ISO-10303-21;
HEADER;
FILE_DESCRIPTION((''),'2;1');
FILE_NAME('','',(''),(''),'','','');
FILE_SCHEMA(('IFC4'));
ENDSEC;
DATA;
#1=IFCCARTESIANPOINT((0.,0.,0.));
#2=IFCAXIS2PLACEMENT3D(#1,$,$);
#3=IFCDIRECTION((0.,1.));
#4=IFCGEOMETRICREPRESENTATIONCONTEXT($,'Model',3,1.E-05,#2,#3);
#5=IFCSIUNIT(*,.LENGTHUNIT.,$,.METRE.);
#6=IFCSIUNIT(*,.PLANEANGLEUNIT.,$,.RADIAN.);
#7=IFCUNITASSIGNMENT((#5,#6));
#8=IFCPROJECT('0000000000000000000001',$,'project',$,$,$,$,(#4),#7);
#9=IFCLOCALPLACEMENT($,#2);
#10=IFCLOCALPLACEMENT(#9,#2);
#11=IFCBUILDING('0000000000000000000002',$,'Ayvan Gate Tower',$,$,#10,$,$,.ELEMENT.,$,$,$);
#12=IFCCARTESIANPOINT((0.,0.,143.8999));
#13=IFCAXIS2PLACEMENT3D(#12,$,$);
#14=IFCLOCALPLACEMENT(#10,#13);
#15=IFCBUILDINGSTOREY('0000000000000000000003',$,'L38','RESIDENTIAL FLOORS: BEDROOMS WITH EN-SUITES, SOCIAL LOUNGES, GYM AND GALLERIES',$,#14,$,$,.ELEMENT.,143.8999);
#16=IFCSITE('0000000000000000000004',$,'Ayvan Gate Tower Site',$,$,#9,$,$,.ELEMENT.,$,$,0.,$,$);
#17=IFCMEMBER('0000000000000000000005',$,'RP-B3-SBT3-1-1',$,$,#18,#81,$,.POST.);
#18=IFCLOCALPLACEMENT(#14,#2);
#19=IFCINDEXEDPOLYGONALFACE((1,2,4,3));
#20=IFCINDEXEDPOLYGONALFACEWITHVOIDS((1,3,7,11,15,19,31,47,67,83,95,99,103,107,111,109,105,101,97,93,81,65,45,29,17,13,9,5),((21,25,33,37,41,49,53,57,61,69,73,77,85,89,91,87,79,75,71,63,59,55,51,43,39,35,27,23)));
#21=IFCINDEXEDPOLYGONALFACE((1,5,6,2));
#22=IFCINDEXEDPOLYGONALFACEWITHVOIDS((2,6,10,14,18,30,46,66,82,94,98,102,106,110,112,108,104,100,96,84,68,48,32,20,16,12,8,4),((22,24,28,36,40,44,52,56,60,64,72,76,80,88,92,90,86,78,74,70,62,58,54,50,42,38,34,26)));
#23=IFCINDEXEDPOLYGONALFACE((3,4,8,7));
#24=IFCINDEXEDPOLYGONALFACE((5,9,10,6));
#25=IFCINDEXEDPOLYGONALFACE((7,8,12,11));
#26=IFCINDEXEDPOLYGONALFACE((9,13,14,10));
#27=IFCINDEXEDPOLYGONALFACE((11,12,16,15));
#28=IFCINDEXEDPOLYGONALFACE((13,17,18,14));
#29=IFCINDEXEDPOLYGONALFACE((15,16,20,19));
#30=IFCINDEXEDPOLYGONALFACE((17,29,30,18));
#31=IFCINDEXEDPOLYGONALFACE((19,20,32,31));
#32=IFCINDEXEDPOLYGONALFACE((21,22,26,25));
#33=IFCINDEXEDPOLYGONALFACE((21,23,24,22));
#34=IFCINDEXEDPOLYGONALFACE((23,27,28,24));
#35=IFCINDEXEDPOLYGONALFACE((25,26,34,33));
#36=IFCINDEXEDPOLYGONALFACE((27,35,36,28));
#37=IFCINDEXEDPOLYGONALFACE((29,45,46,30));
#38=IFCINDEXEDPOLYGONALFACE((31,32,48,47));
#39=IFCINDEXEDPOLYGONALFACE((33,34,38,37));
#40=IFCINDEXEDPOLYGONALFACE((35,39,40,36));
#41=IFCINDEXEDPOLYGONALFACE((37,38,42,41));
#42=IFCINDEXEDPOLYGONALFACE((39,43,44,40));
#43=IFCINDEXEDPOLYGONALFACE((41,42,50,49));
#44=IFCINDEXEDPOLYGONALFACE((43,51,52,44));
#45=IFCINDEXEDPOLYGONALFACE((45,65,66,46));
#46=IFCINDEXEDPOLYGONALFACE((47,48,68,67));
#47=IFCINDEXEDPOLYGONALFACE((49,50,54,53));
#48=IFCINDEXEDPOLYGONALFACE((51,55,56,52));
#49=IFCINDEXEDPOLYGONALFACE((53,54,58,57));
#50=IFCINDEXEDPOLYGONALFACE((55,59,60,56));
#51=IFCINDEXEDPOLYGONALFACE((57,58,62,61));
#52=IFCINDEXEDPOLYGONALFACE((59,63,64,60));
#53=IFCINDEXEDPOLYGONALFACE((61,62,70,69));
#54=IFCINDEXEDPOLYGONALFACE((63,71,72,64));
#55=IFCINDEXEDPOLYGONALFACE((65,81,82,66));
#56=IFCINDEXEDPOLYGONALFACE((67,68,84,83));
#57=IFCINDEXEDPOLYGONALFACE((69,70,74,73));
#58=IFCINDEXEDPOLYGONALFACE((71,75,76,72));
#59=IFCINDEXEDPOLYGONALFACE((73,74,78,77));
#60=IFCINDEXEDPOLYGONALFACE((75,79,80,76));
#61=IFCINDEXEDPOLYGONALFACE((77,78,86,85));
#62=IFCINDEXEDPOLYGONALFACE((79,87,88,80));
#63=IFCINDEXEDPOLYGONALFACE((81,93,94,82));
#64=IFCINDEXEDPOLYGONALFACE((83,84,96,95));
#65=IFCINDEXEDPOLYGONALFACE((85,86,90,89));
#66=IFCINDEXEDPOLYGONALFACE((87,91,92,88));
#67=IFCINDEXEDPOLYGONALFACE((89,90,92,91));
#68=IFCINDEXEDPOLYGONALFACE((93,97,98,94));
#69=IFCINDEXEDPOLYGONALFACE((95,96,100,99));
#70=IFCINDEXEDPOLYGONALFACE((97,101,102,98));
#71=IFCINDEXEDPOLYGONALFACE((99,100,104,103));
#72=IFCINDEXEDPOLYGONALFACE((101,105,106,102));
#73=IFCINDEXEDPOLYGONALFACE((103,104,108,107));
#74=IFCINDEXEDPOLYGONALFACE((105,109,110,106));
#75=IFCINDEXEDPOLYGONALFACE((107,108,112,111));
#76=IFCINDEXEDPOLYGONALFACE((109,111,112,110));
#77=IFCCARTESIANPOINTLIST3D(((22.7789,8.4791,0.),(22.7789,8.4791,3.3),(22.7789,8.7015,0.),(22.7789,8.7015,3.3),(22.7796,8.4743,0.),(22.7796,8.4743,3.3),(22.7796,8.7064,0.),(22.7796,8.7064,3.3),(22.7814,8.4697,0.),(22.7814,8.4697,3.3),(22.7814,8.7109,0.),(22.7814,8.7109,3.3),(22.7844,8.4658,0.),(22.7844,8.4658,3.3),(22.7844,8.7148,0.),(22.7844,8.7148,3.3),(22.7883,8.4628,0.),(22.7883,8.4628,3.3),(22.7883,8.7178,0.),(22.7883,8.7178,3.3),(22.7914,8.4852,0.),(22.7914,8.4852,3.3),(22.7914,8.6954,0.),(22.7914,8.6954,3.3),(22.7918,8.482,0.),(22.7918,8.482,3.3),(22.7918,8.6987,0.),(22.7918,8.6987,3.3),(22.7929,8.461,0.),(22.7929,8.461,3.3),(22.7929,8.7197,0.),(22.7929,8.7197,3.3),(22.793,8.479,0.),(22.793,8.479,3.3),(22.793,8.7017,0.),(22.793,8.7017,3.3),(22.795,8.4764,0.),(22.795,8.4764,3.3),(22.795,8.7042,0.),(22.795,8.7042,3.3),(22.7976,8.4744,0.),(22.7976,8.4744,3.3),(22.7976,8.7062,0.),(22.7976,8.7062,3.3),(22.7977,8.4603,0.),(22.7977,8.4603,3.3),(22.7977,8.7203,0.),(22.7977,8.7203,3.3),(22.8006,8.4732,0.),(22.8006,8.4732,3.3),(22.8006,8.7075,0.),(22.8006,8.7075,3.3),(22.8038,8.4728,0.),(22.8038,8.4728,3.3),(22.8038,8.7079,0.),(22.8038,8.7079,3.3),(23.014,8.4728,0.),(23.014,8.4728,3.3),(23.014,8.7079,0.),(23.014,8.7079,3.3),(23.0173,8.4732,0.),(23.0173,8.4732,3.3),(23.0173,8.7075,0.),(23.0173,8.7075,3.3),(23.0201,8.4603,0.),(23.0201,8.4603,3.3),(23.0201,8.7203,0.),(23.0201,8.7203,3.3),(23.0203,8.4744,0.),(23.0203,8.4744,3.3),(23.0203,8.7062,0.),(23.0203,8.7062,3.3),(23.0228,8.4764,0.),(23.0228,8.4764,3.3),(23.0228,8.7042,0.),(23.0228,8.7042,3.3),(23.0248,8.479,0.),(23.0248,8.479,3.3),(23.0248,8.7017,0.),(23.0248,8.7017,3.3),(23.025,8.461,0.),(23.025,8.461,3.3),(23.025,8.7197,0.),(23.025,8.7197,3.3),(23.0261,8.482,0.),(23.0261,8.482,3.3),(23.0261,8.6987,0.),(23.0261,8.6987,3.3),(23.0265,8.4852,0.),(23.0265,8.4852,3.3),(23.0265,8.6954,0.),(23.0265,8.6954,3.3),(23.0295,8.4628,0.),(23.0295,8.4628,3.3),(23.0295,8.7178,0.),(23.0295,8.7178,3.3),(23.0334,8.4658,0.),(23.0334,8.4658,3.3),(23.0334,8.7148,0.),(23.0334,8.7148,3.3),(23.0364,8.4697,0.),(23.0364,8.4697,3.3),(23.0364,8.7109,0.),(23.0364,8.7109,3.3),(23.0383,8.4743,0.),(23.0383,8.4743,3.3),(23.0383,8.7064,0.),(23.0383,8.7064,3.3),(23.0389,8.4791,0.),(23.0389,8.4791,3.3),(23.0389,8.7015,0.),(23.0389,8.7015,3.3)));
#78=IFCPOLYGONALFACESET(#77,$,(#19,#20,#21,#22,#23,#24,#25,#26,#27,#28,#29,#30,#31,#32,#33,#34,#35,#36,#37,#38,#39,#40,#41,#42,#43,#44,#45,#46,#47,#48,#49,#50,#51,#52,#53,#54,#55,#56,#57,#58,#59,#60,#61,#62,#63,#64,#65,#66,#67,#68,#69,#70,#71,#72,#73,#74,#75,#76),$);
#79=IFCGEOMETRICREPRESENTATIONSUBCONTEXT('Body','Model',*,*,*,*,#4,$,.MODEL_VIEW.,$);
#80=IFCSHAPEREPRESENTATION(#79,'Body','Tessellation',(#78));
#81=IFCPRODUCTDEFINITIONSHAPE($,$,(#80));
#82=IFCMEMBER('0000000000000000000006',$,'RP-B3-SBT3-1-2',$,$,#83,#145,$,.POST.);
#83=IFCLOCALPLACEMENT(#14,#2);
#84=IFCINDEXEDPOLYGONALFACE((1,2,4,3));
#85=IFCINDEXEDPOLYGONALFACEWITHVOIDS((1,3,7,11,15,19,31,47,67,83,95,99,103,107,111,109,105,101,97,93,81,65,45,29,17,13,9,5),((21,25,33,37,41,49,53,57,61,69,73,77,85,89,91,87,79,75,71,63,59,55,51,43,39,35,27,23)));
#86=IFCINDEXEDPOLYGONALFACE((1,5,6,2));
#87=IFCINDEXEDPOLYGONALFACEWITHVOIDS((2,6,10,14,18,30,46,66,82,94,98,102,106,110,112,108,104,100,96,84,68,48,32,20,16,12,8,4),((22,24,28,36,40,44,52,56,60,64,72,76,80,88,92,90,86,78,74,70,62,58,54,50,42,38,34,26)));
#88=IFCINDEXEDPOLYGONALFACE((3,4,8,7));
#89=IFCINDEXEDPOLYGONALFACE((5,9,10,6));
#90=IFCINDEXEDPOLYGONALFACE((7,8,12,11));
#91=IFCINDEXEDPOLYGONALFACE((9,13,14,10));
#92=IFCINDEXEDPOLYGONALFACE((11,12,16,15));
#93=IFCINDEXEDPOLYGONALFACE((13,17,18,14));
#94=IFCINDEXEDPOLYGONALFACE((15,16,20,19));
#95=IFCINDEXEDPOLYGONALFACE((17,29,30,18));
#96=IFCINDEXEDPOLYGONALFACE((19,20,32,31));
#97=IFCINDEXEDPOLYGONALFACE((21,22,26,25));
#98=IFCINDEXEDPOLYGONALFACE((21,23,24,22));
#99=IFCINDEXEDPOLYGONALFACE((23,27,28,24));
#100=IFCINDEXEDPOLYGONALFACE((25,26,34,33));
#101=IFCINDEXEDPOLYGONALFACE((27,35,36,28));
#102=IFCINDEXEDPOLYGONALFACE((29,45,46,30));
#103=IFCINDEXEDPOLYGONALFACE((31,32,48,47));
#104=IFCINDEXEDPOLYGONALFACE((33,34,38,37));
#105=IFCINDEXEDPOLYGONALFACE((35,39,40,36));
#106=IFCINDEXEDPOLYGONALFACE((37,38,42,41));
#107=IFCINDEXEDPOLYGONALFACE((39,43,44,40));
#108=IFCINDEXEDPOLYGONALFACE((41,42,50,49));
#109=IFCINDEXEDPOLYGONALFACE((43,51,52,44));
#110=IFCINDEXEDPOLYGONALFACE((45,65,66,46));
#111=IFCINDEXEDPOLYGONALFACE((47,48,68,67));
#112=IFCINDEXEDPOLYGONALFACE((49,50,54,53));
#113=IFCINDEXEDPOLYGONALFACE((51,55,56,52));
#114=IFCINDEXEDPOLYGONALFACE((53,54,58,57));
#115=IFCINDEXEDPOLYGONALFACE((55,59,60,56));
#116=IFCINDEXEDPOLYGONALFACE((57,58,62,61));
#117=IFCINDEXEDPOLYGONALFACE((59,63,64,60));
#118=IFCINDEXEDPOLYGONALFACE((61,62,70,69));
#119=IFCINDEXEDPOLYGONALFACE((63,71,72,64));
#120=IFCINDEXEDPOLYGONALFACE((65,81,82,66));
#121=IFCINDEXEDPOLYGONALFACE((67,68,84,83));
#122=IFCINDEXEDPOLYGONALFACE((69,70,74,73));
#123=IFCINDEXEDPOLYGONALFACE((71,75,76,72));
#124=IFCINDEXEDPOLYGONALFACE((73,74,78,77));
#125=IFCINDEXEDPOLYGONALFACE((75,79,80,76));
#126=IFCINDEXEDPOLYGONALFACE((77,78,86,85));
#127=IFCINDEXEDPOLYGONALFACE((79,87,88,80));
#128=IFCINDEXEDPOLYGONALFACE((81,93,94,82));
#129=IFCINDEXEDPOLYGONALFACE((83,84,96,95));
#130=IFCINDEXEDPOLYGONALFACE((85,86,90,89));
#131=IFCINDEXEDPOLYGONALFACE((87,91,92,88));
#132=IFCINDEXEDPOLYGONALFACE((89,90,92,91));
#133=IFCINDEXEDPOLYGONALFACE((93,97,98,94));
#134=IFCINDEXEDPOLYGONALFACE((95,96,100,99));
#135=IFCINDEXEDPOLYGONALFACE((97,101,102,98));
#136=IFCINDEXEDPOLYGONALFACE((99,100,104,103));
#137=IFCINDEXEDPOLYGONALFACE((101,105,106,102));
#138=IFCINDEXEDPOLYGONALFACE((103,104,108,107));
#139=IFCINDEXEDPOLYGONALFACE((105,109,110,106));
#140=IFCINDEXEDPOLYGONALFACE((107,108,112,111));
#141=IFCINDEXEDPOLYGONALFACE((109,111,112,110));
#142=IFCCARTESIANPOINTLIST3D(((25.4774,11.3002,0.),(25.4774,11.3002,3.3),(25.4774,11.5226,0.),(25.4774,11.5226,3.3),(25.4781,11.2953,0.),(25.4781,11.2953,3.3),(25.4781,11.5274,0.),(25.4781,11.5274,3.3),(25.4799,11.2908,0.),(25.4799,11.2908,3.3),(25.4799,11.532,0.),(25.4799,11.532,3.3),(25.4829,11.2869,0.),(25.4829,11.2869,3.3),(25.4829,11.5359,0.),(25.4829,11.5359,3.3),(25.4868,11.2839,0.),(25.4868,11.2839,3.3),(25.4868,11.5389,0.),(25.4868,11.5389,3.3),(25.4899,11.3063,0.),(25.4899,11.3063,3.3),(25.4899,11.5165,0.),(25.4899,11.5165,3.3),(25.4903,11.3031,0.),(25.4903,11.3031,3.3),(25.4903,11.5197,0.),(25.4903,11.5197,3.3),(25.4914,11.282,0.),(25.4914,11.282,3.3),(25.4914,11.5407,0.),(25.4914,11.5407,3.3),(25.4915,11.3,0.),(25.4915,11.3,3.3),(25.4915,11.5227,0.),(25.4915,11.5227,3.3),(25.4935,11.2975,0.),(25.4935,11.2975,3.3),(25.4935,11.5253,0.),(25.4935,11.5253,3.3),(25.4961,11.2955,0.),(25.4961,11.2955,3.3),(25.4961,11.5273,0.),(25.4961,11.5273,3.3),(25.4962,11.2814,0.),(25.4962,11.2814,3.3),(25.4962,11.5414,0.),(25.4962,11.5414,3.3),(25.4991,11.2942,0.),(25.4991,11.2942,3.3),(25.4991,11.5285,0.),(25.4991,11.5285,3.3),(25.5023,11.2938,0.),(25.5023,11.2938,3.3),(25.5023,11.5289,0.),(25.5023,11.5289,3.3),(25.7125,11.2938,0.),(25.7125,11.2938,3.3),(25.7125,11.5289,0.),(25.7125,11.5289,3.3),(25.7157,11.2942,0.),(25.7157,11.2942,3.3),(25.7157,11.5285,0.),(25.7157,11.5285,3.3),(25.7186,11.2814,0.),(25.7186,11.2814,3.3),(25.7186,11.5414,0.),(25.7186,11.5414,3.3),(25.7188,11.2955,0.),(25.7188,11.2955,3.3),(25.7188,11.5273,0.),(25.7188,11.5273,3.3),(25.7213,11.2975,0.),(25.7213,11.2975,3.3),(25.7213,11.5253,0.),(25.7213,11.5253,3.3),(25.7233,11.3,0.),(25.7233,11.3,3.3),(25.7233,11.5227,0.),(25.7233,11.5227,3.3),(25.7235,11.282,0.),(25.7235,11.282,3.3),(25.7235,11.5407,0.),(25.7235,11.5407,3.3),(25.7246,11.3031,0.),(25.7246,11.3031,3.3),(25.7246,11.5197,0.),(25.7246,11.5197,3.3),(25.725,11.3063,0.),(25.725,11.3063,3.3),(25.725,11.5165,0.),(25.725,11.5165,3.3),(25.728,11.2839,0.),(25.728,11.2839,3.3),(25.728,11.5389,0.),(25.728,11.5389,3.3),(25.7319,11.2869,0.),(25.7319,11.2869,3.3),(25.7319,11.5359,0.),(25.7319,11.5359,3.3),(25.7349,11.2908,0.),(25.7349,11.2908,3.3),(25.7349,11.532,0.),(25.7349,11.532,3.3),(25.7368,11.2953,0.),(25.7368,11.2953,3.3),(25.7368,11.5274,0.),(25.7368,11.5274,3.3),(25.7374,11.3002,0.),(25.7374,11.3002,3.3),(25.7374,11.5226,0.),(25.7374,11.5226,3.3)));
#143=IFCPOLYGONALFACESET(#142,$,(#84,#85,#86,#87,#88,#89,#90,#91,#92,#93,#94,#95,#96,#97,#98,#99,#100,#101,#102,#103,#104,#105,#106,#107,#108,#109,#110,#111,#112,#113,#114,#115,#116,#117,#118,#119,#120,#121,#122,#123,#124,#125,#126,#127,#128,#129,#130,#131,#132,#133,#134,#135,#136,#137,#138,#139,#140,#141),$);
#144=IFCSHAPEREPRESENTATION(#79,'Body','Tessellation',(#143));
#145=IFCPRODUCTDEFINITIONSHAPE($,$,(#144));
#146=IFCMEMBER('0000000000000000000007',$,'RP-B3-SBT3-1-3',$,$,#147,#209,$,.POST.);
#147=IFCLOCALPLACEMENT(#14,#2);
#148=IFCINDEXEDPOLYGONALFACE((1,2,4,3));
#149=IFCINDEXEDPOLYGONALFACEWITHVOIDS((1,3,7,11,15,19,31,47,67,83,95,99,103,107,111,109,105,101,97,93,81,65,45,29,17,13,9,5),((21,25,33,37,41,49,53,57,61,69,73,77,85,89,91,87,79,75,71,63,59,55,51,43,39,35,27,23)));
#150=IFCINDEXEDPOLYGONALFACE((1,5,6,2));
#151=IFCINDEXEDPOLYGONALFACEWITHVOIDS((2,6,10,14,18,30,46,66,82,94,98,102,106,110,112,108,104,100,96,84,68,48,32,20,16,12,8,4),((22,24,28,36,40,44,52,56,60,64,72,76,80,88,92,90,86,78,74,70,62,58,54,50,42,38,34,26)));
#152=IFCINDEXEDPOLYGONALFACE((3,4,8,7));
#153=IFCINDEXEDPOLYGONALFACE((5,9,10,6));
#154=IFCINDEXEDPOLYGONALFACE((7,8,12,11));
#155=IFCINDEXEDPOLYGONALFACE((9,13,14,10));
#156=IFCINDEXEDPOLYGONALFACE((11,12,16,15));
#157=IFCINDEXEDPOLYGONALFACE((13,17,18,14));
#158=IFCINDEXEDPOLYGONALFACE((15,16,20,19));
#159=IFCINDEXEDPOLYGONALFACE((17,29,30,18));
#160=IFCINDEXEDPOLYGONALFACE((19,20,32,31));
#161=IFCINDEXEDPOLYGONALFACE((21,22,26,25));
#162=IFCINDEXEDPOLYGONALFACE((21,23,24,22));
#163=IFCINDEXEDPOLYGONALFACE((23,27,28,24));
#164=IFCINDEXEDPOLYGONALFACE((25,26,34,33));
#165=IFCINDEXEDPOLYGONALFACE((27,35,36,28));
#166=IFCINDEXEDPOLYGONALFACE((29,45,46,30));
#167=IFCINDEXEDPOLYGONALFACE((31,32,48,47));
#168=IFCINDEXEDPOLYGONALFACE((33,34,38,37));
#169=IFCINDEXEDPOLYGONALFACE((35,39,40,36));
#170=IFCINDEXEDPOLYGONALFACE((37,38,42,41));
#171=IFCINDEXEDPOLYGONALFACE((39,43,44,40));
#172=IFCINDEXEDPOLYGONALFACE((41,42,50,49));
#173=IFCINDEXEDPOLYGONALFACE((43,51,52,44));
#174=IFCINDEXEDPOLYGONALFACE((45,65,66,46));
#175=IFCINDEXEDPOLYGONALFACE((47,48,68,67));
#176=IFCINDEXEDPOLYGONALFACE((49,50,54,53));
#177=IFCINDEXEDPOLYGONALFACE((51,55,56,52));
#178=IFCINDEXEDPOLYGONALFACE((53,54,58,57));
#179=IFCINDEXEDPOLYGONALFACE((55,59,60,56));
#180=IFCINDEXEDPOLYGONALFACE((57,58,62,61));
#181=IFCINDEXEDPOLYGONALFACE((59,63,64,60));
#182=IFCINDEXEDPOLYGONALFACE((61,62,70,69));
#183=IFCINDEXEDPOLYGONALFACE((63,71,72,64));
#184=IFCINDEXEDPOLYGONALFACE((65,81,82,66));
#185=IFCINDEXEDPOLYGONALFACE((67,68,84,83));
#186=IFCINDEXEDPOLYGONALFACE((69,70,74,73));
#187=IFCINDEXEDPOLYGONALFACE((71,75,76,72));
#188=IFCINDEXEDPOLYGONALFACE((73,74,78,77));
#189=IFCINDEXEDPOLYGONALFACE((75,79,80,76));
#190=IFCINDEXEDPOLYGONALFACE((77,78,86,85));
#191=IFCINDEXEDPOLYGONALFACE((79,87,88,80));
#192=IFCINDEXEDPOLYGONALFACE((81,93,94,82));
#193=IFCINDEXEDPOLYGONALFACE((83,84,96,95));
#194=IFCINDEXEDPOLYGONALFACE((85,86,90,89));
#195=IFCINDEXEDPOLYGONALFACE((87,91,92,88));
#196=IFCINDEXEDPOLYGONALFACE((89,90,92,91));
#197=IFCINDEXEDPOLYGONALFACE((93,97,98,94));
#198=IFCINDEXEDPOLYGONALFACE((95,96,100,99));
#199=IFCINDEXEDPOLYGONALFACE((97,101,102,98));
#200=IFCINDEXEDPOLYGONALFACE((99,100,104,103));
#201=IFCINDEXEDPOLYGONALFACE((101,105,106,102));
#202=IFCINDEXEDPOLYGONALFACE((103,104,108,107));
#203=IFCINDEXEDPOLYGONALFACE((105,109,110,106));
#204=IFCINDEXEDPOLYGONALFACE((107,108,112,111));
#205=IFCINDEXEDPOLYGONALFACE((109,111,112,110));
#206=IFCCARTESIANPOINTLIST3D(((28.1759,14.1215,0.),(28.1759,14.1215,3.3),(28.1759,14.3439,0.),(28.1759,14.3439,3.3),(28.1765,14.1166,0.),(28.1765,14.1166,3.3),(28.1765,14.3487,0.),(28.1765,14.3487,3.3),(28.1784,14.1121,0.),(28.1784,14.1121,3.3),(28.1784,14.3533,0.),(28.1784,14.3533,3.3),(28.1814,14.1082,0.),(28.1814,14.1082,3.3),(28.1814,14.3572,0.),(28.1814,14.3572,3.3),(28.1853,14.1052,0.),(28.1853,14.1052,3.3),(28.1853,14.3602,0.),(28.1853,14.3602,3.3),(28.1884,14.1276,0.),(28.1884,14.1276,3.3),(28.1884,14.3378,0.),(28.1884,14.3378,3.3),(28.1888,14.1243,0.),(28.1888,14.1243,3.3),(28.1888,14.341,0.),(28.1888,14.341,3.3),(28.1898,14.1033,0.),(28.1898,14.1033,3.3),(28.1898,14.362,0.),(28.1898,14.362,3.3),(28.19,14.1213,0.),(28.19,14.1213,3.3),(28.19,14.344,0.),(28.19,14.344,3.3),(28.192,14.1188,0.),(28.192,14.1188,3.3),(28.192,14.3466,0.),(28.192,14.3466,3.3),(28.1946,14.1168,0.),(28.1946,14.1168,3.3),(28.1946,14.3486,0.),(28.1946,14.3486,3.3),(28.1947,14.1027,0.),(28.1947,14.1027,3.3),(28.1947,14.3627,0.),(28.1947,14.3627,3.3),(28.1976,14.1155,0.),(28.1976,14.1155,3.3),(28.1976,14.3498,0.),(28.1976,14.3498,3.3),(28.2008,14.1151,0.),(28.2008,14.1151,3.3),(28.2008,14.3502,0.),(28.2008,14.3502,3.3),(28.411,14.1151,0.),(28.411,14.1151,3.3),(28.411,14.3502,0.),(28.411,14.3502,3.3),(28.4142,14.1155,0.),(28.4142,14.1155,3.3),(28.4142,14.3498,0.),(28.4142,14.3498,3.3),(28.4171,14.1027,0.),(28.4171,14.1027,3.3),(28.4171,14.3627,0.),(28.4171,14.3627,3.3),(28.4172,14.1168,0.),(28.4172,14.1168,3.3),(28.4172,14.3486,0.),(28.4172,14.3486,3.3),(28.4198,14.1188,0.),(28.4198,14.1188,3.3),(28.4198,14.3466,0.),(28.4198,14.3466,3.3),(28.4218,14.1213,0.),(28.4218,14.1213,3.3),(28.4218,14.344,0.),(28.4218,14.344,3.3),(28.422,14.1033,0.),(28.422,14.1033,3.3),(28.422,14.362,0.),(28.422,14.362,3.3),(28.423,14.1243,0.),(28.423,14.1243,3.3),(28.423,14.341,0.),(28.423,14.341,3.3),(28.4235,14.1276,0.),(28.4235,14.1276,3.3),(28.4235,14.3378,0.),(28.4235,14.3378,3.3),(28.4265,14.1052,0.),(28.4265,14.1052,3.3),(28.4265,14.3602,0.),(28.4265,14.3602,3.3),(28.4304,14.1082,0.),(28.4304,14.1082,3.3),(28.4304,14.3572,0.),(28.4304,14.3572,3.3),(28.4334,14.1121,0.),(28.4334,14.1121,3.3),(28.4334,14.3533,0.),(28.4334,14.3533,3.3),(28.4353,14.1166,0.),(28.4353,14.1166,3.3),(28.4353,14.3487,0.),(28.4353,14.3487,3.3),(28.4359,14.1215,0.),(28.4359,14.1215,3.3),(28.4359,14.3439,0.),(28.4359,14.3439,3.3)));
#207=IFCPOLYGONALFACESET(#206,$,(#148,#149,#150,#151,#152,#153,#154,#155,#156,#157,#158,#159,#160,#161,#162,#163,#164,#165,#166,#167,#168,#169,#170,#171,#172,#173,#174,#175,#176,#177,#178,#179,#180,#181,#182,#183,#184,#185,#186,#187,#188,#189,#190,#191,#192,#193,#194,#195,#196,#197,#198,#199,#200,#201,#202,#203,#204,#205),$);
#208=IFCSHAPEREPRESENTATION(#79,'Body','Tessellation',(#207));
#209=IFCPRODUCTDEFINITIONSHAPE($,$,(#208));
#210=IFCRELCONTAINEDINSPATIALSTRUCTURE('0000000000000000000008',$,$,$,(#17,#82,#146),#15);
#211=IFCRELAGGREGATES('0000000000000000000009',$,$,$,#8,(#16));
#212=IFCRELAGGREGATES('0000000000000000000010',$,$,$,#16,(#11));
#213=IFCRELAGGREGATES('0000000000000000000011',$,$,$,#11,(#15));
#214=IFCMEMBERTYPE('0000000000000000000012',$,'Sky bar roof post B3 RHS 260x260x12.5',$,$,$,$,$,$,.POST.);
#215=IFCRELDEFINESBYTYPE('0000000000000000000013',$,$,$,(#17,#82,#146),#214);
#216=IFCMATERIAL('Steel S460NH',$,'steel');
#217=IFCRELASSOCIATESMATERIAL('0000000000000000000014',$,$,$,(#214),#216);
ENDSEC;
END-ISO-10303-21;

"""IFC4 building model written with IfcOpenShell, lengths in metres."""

from ifc_helpers import new_model, si_unit, direction, frame, origin, origin_2d, place, context, subcontext, project, spatial, hollow_rectangle, extrude, material, material_profile, profile_set, type_object, element, save


model = new_model("IFC4")

# Units and contexts
model_context = context("Model", 3, precision=1e-05, world=origin(), true_north=direction((0.0, 1.0)))
body_context = subcontext(model_context, "Body", "Model", "MODEL_VIEW")
ifc_project = project(units=[si_unit("LENGTHUNIT", "METRE"), si_unit("PLANEANGLEUNIT", "RADIAN")], contexts=[model_context])

# Site, building, storey
site_placement = place(None, origin())
site = spatial("IfcSite", under=ifc_project, at=site_placement, Name="Ayvan Gate Tower Site", CompositionType="ELEMENT", RefElevation=0.0)
building_placement = place(site_placement, origin())
building = spatial("IfcBuilding", under=site, at=building_placement, Name="Ayvan Gate Tower", CompositionType="ELEMENT")
storey_placement = place(building_placement, frame((0.0, 0.0, 143.8999)))
storey = spatial("IfcBuildingStorey", under=building, at=storey_placement, Name="L38", Description="RESIDENTIAL FLOORS: BEDROOMS WITH EN-SUITES, SOCIAL LOUNGES, GYM AND GALLERIES", CompositionType="ELEMENT", Elevation=143.8999)

# Members
ifc_material_1 = material(Name="Steel S460NH", Category="steel")
ifc_material_profile_1 = material_profile(ifc_material_1, hollow_rectangle(XDim=0.26, YDim=0.26, WallThickness=0.0125, InnerFilletRadius=0.0125, OuterFilletRadius=0.0188, at=origin_2d()), Name="RHS 260x260x12.5")
ifc_profile_set_1 = profile_set([ifc_material_profile_1], Name="Steel S460NH")
member_type_1 = type_object("IfcMemberType", Name="Sky bar roof post B3 RHS 260x260x12.5", PredefinedType="POST", material=ifc_profile_set_1)
for number, where, z_axis, x_axis, name in (
    (1, (22.9089, 8.5903, 0.0), (0.0, 0.0, 1.0), (1.0, 0.0, 0.0), "RP-B3-SBT3-1-1"),
    (2, (25.6074, 11.4114, 0.0), (0.0, 0.0, 1.0), (1.0, 0.0, 0.0), "RP-B3-SBT3-1-2"),
    (3, (28.3059, 14.2327, 0.0), (0.0, 0.0, 1.0), (1.0, 0.0, 0.0), "RP-B3-SBT3-1-3"),
):
    element("IfcMember", number, at=place(storey_placement, frame(where, z_axis=z_axis, x_axis=x_axis)), inside=storey, type_object=member_type_1, Name=name, PredefinedType="POST", context=body_context, shape_type="SweptSolid", body=[
        extrude(hollow_rectangle(XDim=0.26, YDim=0.26, WallThickness=0.0125, InnerFilletRadius=0.0125, OuterFilletRadius=0.0188, at=origin_2d()), origin(), (0.0, 0.0, 1.0), 3.3),
    ])

save(model, "model.ifc")
